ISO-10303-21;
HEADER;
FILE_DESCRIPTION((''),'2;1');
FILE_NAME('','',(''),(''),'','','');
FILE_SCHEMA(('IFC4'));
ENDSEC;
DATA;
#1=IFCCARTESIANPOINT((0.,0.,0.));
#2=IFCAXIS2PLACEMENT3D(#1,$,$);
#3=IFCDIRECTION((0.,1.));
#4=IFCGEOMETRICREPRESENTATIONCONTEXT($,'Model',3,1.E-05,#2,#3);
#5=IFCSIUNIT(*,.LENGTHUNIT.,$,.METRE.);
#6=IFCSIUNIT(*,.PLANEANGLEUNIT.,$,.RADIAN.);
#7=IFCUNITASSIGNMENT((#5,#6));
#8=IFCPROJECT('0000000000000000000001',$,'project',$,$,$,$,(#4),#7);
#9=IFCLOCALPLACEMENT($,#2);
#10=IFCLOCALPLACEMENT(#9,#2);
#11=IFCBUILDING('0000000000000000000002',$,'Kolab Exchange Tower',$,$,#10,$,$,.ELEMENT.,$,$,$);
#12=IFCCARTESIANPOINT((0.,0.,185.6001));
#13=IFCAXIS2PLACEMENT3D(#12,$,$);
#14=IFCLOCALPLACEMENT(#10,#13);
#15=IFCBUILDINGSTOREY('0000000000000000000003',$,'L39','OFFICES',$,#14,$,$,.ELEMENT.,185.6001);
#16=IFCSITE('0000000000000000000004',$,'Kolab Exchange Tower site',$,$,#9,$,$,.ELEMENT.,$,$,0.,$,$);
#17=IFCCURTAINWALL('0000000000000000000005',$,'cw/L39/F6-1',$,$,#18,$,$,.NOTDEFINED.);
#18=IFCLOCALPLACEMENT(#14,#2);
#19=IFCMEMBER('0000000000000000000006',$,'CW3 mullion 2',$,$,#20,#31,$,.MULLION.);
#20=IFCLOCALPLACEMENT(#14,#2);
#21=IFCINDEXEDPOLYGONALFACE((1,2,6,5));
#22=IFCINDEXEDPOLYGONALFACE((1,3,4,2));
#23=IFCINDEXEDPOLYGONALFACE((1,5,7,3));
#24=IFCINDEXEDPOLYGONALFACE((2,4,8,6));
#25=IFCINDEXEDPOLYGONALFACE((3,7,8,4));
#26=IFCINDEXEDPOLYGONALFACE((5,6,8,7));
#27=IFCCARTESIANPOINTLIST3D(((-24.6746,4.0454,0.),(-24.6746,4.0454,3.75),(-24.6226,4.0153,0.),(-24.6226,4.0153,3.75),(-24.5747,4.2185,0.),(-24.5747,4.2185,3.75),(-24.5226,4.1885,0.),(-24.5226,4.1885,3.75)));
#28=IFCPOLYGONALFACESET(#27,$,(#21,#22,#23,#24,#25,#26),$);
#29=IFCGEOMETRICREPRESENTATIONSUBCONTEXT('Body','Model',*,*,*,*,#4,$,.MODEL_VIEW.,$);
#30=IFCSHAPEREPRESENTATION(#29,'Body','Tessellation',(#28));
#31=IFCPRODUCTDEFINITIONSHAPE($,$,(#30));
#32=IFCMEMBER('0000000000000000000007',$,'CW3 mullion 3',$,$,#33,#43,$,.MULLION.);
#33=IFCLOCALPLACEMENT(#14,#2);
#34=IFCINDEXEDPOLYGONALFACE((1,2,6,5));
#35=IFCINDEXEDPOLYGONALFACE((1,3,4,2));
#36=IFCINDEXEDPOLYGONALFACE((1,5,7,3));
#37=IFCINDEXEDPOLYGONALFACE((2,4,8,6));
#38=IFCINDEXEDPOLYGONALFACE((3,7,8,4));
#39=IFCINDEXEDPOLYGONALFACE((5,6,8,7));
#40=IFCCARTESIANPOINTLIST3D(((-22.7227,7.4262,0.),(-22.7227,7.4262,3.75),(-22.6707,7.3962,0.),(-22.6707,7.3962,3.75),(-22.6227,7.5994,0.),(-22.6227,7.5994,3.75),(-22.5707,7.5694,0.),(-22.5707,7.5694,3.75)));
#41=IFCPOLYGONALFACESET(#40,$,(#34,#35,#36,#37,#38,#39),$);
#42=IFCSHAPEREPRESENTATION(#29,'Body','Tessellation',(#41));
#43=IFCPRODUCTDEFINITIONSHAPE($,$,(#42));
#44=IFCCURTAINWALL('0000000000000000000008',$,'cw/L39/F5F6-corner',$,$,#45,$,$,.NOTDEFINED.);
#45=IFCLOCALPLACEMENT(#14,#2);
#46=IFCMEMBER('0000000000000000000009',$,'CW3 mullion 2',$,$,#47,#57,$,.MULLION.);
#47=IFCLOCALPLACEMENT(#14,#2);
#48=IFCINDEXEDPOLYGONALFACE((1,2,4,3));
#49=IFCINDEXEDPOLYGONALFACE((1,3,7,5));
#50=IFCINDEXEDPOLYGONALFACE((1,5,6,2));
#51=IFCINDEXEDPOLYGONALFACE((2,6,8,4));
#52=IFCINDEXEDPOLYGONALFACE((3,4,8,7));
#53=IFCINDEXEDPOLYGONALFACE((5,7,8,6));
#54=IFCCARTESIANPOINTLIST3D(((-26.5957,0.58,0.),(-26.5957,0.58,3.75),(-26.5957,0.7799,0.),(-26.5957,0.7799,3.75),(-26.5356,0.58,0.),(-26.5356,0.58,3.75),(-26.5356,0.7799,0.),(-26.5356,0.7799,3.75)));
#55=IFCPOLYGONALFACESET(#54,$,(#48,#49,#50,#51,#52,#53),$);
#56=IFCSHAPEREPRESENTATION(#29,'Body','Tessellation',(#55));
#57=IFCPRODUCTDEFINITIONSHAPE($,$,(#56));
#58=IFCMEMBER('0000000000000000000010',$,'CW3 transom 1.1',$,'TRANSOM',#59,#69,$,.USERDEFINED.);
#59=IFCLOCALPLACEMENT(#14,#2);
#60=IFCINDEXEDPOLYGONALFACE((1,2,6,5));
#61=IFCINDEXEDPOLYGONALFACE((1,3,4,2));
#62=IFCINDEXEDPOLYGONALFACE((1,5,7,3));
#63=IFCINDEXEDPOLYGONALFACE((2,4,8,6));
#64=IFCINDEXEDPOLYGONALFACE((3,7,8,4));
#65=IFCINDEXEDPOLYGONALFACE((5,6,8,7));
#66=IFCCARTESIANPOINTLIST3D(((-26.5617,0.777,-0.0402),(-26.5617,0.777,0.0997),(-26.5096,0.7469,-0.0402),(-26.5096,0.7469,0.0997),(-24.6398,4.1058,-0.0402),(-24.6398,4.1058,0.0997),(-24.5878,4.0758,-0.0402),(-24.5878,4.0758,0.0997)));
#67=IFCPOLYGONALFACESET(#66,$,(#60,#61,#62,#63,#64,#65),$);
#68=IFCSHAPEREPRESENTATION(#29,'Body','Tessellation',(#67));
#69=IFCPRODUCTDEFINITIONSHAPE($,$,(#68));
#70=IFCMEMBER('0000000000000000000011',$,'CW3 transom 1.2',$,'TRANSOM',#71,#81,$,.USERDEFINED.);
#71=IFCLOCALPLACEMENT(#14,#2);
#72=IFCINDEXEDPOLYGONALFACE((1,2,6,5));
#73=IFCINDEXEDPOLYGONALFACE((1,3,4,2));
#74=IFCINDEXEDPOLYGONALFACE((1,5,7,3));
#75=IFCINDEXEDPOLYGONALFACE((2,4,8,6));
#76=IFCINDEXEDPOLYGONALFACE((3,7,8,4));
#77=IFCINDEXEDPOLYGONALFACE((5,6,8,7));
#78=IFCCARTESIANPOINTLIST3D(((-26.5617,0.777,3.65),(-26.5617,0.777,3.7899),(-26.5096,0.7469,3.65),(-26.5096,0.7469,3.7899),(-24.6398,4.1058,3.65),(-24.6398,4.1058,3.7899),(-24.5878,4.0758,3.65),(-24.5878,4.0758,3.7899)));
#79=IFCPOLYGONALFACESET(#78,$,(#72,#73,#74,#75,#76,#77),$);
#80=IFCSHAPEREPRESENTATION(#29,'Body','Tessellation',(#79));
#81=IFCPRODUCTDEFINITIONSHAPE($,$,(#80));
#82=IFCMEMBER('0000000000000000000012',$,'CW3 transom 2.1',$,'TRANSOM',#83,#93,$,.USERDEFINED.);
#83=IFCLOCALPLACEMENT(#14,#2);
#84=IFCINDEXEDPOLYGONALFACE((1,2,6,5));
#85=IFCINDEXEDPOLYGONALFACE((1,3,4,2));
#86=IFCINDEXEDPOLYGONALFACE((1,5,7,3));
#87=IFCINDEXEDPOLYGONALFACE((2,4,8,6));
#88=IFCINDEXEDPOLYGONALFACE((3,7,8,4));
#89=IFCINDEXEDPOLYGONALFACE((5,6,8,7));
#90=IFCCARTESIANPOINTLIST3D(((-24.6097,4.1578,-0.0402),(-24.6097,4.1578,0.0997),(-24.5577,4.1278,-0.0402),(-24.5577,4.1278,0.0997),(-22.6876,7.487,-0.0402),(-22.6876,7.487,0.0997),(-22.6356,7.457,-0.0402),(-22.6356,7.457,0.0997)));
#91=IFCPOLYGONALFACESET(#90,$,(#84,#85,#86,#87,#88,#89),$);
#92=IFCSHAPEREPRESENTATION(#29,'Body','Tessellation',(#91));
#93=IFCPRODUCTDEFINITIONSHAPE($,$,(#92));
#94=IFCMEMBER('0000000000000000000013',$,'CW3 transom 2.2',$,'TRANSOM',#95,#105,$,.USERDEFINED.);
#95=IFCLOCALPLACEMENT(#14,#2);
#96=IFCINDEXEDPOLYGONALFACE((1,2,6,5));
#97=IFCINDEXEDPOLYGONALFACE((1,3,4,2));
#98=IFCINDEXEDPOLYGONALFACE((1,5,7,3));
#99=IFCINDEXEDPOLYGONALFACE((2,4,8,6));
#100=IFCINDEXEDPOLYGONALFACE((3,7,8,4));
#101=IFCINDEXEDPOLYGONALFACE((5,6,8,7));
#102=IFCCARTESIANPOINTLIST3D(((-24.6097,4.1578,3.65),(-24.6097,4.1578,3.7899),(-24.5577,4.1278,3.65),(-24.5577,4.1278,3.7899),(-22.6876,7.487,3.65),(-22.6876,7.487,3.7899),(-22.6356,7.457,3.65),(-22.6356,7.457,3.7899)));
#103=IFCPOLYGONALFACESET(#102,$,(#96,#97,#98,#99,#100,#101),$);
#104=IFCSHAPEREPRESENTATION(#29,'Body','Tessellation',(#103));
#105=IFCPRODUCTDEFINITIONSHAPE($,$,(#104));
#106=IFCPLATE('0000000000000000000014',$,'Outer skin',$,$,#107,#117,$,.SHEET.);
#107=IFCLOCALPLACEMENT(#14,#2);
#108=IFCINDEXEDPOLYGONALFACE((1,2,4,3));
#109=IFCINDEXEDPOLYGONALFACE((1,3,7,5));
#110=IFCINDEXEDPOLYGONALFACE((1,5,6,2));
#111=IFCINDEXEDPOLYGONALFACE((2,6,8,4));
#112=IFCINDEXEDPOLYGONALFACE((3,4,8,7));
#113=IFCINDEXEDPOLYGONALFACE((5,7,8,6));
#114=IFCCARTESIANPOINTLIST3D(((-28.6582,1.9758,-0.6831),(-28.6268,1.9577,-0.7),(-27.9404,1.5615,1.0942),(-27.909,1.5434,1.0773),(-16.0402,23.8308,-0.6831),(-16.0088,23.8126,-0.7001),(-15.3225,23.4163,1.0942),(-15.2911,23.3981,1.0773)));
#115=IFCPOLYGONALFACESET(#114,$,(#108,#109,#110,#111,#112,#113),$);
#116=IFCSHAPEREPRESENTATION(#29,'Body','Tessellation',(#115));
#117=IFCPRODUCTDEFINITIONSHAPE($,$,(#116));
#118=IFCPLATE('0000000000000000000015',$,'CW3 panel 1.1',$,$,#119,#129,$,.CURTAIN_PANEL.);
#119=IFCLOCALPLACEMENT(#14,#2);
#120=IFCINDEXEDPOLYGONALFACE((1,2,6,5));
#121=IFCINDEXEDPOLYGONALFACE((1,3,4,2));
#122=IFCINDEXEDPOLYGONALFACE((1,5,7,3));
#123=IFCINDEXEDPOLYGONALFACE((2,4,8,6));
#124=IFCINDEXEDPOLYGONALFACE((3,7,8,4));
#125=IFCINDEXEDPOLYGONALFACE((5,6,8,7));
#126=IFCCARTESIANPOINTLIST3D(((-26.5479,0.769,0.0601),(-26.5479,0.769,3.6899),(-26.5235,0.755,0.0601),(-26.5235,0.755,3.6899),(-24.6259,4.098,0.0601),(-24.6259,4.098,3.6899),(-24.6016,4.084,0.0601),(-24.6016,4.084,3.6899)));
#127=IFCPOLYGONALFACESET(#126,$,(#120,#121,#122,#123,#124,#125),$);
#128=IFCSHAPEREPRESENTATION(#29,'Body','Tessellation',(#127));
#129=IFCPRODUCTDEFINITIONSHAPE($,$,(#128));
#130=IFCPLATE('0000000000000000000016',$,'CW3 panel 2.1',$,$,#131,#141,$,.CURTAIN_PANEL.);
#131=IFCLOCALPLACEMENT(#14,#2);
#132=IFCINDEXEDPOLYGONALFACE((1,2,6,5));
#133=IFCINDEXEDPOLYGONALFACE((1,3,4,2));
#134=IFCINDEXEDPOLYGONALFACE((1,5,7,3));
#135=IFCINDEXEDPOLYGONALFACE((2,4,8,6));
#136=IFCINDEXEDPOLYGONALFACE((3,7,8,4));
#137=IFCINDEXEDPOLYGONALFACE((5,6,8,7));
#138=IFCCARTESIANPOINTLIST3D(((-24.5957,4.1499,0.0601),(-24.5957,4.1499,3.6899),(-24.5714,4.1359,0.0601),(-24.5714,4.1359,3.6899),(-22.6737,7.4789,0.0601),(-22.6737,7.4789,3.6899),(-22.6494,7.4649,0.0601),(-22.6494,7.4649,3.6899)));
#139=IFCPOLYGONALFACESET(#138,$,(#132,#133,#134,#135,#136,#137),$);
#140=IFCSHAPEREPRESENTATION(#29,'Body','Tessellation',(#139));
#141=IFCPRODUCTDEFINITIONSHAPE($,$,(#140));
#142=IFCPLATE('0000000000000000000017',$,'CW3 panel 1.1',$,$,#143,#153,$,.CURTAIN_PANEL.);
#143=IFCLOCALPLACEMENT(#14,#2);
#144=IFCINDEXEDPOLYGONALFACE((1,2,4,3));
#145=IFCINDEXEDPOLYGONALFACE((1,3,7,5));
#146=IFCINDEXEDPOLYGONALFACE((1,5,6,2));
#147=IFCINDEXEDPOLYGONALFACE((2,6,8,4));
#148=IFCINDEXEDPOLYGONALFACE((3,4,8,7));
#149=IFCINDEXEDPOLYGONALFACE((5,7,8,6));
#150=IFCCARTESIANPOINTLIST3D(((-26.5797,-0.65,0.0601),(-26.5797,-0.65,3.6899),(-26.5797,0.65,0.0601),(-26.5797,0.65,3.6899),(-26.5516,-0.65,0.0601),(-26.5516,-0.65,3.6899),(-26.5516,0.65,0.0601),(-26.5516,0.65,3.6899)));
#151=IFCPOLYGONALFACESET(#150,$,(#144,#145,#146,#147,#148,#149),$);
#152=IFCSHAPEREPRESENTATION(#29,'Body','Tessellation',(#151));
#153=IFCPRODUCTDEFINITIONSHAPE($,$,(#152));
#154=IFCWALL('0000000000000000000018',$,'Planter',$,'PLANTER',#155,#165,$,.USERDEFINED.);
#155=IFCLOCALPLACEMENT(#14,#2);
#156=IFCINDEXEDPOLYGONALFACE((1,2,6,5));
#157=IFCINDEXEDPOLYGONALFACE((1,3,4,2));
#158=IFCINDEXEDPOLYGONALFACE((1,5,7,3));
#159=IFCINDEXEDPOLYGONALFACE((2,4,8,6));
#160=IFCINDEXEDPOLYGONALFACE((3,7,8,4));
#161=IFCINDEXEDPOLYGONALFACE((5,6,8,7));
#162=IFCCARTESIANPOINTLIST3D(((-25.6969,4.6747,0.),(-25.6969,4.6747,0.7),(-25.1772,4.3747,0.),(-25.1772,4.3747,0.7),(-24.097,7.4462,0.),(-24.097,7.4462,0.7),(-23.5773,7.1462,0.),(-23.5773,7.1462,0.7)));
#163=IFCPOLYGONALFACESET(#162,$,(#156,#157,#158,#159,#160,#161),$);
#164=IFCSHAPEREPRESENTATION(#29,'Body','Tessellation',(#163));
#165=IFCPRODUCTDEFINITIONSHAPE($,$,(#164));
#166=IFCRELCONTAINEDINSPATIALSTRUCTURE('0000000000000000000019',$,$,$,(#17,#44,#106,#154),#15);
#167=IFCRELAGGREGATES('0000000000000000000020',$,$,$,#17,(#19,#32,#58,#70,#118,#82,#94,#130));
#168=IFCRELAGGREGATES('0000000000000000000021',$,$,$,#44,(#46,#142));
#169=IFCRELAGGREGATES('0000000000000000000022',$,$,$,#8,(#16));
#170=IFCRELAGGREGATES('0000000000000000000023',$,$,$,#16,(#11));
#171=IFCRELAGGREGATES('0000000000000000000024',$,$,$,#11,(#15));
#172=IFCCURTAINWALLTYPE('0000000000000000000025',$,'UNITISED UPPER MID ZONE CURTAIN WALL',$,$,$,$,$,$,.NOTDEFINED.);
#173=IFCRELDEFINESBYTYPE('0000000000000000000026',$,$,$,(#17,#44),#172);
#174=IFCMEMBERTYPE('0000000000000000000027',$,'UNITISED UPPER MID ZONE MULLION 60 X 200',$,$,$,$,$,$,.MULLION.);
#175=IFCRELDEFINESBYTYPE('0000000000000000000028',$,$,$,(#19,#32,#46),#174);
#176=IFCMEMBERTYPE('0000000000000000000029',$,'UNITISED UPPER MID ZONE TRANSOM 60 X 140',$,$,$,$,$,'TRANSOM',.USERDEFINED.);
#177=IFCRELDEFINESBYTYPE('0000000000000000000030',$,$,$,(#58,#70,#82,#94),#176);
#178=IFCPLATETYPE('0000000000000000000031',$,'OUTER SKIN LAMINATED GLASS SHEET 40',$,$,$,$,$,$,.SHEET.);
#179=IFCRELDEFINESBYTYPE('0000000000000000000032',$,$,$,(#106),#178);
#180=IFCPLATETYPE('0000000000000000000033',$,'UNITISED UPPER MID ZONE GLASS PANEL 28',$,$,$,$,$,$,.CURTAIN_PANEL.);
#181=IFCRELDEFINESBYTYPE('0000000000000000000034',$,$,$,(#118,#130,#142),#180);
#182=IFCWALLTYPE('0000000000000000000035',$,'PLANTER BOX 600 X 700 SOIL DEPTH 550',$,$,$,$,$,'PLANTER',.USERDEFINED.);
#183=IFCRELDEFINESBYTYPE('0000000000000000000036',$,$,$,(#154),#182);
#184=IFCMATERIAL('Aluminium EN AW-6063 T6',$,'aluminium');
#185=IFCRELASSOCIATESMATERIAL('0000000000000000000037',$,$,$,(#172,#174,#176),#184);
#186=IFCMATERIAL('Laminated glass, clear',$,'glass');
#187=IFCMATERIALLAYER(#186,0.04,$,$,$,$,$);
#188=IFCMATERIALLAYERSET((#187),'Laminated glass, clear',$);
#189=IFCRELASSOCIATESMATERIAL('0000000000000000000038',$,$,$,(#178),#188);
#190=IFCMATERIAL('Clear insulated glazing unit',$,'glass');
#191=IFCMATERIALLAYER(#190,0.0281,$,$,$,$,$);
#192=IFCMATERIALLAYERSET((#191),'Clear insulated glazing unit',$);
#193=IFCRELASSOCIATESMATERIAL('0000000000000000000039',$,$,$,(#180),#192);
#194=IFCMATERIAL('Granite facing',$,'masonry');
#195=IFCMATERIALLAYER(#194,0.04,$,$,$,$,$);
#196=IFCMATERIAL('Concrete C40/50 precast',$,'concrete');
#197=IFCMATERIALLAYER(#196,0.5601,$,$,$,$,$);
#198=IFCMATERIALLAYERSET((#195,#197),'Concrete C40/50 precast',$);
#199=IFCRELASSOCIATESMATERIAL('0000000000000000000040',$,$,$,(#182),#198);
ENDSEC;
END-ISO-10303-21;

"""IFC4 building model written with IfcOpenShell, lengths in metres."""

from ifc_helpers import new_model, si_unit, direction, frame, frame_2d, origin, origin_2d, place, context, subcontext, project, spatial, polyline, rectangle, outline, extrude, material, layer, layer_set, material_profile, profile_set, type_object, element, aggregate, save


model = new_model("IFC4")

# Units and contexts
model_context = context("Model", 3, precision=1e-05, world=origin(), true_north=direction((0.0, 1.0)))
body_context = subcontext(model_context, "Body", "Model", "MODEL_VIEW")
ifc_project = project(units=[si_unit("LENGTHUNIT", "METRE"), si_unit("PLANEANGLEUNIT", "RADIAN")], contexts=[model_context])

# Site, building, storey
site_placement = place(None, origin())
site = spatial("IfcSite", under=ifc_project, at=site_placement, Name="Kolab Exchange Tower site", CompositionType="ELEMENT", RefElevation=0.0)
building_placement = place(site_placement, origin())
building = spatial("IfcBuilding", under=site, at=building_placement, Name="Kolab Exchange Tower", CompositionType="ELEMENT")
storey_placement = place(building_placement, frame((0.0, 0.0, 185.6001)))
storey = spatial("IfcBuildingStorey", under=building, at=storey_placement, Name="L39", Description="OFFICES", CompositionType="ELEMENT", Elevation=185.6001)

# Curtain wall, members
ifc_material_1 = material(Name="Aluminium EN AW-6063 T6", Category="aluminium")
curtain_wall_type = type_object("IfcCurtainWallType", Name="UNITISED UPPER MID ZONE CURTAIN WALL", PredefinedType="NOTDEFINED", material=ifc_material_1)
curtain_wall_1_placement = place(storey_placement, origin())
curtain_wall_1 = element("IfcCurtainWall", 1, at=curtain_wall_1_placement, inside=storey, type_object=curtain_wall_type, Name="cw/L39/F6-1", PredefinedType="NOTDEFINED")
ifc_material_profile_1 = material_profile(ifc_material_1, rectangle(XDim=0.0601, YDim=0.2, at=origin_2d()), Name="RECT 60X200")
ifc_profile_set_1 = profile_set([ifc_material_profile_1], Name="Aluminium EN AW-6063 T6")
member_type_1 = type_object("IfcMemberType", Name="UNITISED UPPER MID ZONE MULLION 60 X 200", PredefinedType="MULLION", material=ifc_profile_set_1)
member_1_placement = place(storey_placement, frame((-24.5986, 4.1169, 0.0), z_axis=(0.0, 0.0, 1.0), x_axis=(-0.866025, 0.5, 0.0)))
member_1 = element("IfcMember", 2, at=member_1_placement, type_object=member_type_1, Name="CW3 mullion 2", PredefinedType="MULLION", context=body_context, shape_type="SweptSolid", body=[
    extrude(rectangle(XDim=0.0601, YDim=0.2, at=origin_2d()), origin(), (0.0, 0.0, 1.0), 3.75),
])
member_2_placement = place(storey_placement, frame((-22.6467, 7.4978, 0.0), z_axis=(0.0, 0.0, 1.0), x_axis=(-0.866025, 0.5, 0.0)))
member_2 = element("IfcMember", 3, at=member_2_placement, type_object=member_type_1, Name="CW3 mullion 3", PredefinedType="MULLION", context=body_context, shape_type="SweptSolid", body=[
    extrude(rectangle(XDim=0.0601, YDim=0.2, at=origin_2d()), origin(), (0.0, 0.0, 1.0), 3.75),
])

# Curtain wall, member
curtain_wall_2_placement = place(storey_placement, origin())
curtain_wall_2 = element("IfcCurtainWall", 4, at=curtain_wall_2_placement, inside=storey, type_object=curtain_wall_type, Name="cw/L39/F5F6-corner", PredefinedType="NOTDEFINED")
member_3_placement = place(storey_placement, frame((-26.5657, 0.6799, 0.0), z_axis=(0.0, 0.0, 1.0), x_axis=(-1.0, 0.0, 0.0)))
member_3 = element("IfcMember", 5, at=member_3_placement, type_object=member_type_1, Name="CW3 mullion 2", PredefinedType="MULLION", context=body_context, shape_type="SweptSolid", body=[
    extrude(rectangle(XDim=0.0601, YDim=0.2, at=origin_2d()), origin(), (0.0, 0.0, 1.0), 3.75),
])

# Members
ifc_material_profile_2 = material_profile(ifc_material_1, rectangle(XDim=0.0601, YDim=0.1399, at=origin_2d()), Name="RECT 60X140")
ifc_profile_set_2 = profile_set([ifc_material_profile_2], Name="Aluminium EN AW-6063 T6")
member_type_2 = type_object("IfcMemberType", Name="UNITISED UPPER MID ZONE TRANSOM 60 X 140", ElementType="TRANSOM", PredefinedType="USERDEFINED", material=ifc_profile_set_2)
member_4_placement = place(storey_placement, frame((-26.5356, 0.762, 0.0298), z_axis=(0.499992, 0.86603, 0.0), x_axis=(-0.86603, 0.499992, 0.0)))
member_4 = element("IfcMember", 6, at=member_4_placement, type_object=member_type_2, Name="CW3 transom 1.1", ObjectType="TRANSOM", PredefinedType="USERDEFINED", context=body_context, shape_type="SweptSolid", body=[
    extrude(rectangle(XDim=0.0601, YDim=0.1399, at=origin_2d()), origin(), (0.0, 0.0, 1.0), 3.8438),
])
member_5_placement = place(storey_placement, frame((-26.5356, 0.762, 3.72), z_axis=(0.499992, 0.86603, 0.0), x_axis=(-0.86603, 0.499992, 0.0)))
member_5 = element("IfcMember", 7, at=member_5_placement, type_object=member_type_2, Name="CW3 transom 1.2", ObjectType="TRANSOM", PredefinedType="USERDEFINED", context=body_context, shape_type="SweptSolid", body=[
    extrude(rectangle(XDim=0.0601, YDim=0.1399, at=origin_2d()), origin(), (0.0, 0.0, 1.0), 3.8438),
])
member_6_placement = place(storey_placement, frame((-24.5837, 4.1428, 0.0298), z_axis=(0.500012, 0.866018, 0.0), x_axis=(-0.866018, 0.500012, 0.0)))
member_6 = element("IfcMember", 8, at=member_6_placement, type_object=member_type_2, Name="CW3 transom 2.1", ObjectType="TRANSOM", PredefinedType="USERDEFINED", context=body_context, shape_type="SweptSolid", body=[
    extrude(rectangle(XDim=0.0601, YDim=0.1399, at=origin_2d()), origin(), (0.0, 0.0, 1.0), 3.8442),
])
member_7_placement = place(storey_placement, frame((-24.5837, 4.1428, 3.72), z_axis=(0.500012, 0.866018, 0.0), x_axis=(-0.866018, 0.500012, 0.0)))
member_7 = element("IfcMember", 9, at=member_7_placement, type_object=member_type_2, Name="CW3 transom 2.2", ObjectType="TRANSOM", PredefinedType="USERDEFINED", context=body_context, shape_type="SweptSolid", body=[
    extrude(rectangle(XDim=0.0601, YDim=0.1399, at=origin_2d()), origin(), (0.0, 0.0, 1.0), 3.8442),
])

# Plates
ifc_material_2 = material(Name="Laminated glass, clear", Category="glass")
ifc_layer_1 = layer(ifc_material_2, 0.04)
ifc_layer_set_1 = layer_set([ifc_layer_1], Name="Laminated glass, clear")
plate_type_1 = type_object("IfcPlateType", Name="OUTER SKIN LAMINATED GLASS SHEET 40", PredefinedType="SHEET", material=ifc_layer_set_1)
plate_1_placement = place(storey_placement, frame((-28.6582, 1.9758, -0.6831), z_axis=(-0.784879, 0.453151, 0.422633), x_axis=(0.5, 0.866025, -0.000001)))
element("IfcPlate", 10, at=plate_1_placement, inside=storey, type_object=plate_type_1, Name="Outer skin", PredefinedType="SHEET", context=body_context, shape_type="SweptSolid", body=[
    extrude(outline(polyline([(0.0, 0.0), (25.2359, 0.0), (25.2358, -1.9611), (0.0001, -1.9611), (0.0, 0.0)])), origin(), (0.0, 0.0, -1.0), 0.04),
])
ifc_material_3 = material(Name="Clear insulated glazing unit", Category="glass")
ifc_layer_2 = layer(ifc_material_3, 0.0281)
ifc_layer_set_2 = layer_set([ifc_layer_2], Name="Clear insulated glazing unit")
plate_type_2 = type_object("IfcPlateType", Name="UNITISED UPPER MID ZONE GLASS PANEL 28", PredefinedType="CURTAIN_PANEL", material=ifc_layer_set_2)
plate_2_placement = place(storey_placement, frame((-25.5747, 2.4265, 0.0601), z_axis=(0.0, 0.0, 1.0), x_axis=(0.5, 0.866025, 0.0)))
plate_2 = element("IfcPlate", 11, at=plate_2_placement, type_object=plate_type_2, Name="CW3 panel 1.1", PredefinedType="CURTAIN_PANEL", context=body_context, shape_type="SweptSolid", body=[
    extrude(rectangle(XDim=3.844, YDim=0.0281, at=origin_2d()), origin(), (0.0, 0.0, 1.0), 3.6299),
])
plate_3_placement = place(storey_placement, frame((-23.6226, 5.8074, 0.0601), z_axis=(0.0, 0.0, 1.0), x_axis=(0.5, 0.866025, 0.0)))
plate_3 = element("IfcPlate", 12, at=plate_3_placement, type_object=plate_type_2, Name="CW3 panel 2.1", PredefinedType="CURTAIN_PANEL", context=body_context, shape_type="SweptSolid", body=[
    extrude(rectangle(XDim=3.844, YDim=0.0281, at=origin_2d()), origin(), (0.0, 0.0, 1.0), 3.6299),
])
aggregate(curtain_wall_1, [member_1, member_2, member_4, member_5, plate_2, member_6, member_7, plate_3])
plate_4_placement = place(storey_placement, frame((-26.5657, 0.0, 0.0601), z_axis=(0.0, 0.0, 1.0), x_axis=(0.0, 1.0, 0.0)))
plate_4 = element("IfcPlate", 13, at=plate_4_placement, type_object=plate_type_2, Name="CW3 panel 1.1", PredefinedType="CURTAIN_PANEL", context=body_context, shape_type="SweptSolid", body=[
    extrude(rectangle(XDim=1.3, YDim=0.0281, at=origin_2d()), origin(), (0.0, 0.0, 1.0), 3.6299),
])
aggregate(curtain_wall_2, [member_3, plate_4])

# Wall
ifc_material_4 = material(Name="Granite facing", Category="masonry")
ifc_layer_3 = layer(ifc_material_4, 0.04)
ifc_material_5 = material(Name="Concrete C40/50 precast", Category="concrete")
ifc_layer_4 = layer(ifc_material_5, 0.5601)
ifc_layer_set_3 = layer_set([ifc_layer_3, ifc_layer_4], Name="Concrete C40/50 precast")
wall_type_1 = type_object("IfcWallType", Name="PLANTER BOX 600 X 700 SOIL DEPTH 550", ElementType="PLANTER", PredefinedType="USERDEFINED", material=ifc_layer_set_3)
wall_1_placement = place(storey_placement, frame((-25.437, 4.5247, 0.0), z_axis=(0.0, 0.0, 1.0), x_axis=(0.499938, 0.866061, 0.0)))
element("IfcWall", 14, at=wall_1_placement, inside=storey, type_object=wall_type_1, Name="Planter", ObjectType="PLANTER", PredefinedType="USERDEFINED", context=body_context, shape_type="SweptSolid", body=[
    extrude(rectangle(XDim=3.2002, YDim=0.6001, at=frame_2d((1.6001, 0.0))), origin(), (0.0, 0.0, 1.0), 0.7),
])

save(model, "model.ifc")
